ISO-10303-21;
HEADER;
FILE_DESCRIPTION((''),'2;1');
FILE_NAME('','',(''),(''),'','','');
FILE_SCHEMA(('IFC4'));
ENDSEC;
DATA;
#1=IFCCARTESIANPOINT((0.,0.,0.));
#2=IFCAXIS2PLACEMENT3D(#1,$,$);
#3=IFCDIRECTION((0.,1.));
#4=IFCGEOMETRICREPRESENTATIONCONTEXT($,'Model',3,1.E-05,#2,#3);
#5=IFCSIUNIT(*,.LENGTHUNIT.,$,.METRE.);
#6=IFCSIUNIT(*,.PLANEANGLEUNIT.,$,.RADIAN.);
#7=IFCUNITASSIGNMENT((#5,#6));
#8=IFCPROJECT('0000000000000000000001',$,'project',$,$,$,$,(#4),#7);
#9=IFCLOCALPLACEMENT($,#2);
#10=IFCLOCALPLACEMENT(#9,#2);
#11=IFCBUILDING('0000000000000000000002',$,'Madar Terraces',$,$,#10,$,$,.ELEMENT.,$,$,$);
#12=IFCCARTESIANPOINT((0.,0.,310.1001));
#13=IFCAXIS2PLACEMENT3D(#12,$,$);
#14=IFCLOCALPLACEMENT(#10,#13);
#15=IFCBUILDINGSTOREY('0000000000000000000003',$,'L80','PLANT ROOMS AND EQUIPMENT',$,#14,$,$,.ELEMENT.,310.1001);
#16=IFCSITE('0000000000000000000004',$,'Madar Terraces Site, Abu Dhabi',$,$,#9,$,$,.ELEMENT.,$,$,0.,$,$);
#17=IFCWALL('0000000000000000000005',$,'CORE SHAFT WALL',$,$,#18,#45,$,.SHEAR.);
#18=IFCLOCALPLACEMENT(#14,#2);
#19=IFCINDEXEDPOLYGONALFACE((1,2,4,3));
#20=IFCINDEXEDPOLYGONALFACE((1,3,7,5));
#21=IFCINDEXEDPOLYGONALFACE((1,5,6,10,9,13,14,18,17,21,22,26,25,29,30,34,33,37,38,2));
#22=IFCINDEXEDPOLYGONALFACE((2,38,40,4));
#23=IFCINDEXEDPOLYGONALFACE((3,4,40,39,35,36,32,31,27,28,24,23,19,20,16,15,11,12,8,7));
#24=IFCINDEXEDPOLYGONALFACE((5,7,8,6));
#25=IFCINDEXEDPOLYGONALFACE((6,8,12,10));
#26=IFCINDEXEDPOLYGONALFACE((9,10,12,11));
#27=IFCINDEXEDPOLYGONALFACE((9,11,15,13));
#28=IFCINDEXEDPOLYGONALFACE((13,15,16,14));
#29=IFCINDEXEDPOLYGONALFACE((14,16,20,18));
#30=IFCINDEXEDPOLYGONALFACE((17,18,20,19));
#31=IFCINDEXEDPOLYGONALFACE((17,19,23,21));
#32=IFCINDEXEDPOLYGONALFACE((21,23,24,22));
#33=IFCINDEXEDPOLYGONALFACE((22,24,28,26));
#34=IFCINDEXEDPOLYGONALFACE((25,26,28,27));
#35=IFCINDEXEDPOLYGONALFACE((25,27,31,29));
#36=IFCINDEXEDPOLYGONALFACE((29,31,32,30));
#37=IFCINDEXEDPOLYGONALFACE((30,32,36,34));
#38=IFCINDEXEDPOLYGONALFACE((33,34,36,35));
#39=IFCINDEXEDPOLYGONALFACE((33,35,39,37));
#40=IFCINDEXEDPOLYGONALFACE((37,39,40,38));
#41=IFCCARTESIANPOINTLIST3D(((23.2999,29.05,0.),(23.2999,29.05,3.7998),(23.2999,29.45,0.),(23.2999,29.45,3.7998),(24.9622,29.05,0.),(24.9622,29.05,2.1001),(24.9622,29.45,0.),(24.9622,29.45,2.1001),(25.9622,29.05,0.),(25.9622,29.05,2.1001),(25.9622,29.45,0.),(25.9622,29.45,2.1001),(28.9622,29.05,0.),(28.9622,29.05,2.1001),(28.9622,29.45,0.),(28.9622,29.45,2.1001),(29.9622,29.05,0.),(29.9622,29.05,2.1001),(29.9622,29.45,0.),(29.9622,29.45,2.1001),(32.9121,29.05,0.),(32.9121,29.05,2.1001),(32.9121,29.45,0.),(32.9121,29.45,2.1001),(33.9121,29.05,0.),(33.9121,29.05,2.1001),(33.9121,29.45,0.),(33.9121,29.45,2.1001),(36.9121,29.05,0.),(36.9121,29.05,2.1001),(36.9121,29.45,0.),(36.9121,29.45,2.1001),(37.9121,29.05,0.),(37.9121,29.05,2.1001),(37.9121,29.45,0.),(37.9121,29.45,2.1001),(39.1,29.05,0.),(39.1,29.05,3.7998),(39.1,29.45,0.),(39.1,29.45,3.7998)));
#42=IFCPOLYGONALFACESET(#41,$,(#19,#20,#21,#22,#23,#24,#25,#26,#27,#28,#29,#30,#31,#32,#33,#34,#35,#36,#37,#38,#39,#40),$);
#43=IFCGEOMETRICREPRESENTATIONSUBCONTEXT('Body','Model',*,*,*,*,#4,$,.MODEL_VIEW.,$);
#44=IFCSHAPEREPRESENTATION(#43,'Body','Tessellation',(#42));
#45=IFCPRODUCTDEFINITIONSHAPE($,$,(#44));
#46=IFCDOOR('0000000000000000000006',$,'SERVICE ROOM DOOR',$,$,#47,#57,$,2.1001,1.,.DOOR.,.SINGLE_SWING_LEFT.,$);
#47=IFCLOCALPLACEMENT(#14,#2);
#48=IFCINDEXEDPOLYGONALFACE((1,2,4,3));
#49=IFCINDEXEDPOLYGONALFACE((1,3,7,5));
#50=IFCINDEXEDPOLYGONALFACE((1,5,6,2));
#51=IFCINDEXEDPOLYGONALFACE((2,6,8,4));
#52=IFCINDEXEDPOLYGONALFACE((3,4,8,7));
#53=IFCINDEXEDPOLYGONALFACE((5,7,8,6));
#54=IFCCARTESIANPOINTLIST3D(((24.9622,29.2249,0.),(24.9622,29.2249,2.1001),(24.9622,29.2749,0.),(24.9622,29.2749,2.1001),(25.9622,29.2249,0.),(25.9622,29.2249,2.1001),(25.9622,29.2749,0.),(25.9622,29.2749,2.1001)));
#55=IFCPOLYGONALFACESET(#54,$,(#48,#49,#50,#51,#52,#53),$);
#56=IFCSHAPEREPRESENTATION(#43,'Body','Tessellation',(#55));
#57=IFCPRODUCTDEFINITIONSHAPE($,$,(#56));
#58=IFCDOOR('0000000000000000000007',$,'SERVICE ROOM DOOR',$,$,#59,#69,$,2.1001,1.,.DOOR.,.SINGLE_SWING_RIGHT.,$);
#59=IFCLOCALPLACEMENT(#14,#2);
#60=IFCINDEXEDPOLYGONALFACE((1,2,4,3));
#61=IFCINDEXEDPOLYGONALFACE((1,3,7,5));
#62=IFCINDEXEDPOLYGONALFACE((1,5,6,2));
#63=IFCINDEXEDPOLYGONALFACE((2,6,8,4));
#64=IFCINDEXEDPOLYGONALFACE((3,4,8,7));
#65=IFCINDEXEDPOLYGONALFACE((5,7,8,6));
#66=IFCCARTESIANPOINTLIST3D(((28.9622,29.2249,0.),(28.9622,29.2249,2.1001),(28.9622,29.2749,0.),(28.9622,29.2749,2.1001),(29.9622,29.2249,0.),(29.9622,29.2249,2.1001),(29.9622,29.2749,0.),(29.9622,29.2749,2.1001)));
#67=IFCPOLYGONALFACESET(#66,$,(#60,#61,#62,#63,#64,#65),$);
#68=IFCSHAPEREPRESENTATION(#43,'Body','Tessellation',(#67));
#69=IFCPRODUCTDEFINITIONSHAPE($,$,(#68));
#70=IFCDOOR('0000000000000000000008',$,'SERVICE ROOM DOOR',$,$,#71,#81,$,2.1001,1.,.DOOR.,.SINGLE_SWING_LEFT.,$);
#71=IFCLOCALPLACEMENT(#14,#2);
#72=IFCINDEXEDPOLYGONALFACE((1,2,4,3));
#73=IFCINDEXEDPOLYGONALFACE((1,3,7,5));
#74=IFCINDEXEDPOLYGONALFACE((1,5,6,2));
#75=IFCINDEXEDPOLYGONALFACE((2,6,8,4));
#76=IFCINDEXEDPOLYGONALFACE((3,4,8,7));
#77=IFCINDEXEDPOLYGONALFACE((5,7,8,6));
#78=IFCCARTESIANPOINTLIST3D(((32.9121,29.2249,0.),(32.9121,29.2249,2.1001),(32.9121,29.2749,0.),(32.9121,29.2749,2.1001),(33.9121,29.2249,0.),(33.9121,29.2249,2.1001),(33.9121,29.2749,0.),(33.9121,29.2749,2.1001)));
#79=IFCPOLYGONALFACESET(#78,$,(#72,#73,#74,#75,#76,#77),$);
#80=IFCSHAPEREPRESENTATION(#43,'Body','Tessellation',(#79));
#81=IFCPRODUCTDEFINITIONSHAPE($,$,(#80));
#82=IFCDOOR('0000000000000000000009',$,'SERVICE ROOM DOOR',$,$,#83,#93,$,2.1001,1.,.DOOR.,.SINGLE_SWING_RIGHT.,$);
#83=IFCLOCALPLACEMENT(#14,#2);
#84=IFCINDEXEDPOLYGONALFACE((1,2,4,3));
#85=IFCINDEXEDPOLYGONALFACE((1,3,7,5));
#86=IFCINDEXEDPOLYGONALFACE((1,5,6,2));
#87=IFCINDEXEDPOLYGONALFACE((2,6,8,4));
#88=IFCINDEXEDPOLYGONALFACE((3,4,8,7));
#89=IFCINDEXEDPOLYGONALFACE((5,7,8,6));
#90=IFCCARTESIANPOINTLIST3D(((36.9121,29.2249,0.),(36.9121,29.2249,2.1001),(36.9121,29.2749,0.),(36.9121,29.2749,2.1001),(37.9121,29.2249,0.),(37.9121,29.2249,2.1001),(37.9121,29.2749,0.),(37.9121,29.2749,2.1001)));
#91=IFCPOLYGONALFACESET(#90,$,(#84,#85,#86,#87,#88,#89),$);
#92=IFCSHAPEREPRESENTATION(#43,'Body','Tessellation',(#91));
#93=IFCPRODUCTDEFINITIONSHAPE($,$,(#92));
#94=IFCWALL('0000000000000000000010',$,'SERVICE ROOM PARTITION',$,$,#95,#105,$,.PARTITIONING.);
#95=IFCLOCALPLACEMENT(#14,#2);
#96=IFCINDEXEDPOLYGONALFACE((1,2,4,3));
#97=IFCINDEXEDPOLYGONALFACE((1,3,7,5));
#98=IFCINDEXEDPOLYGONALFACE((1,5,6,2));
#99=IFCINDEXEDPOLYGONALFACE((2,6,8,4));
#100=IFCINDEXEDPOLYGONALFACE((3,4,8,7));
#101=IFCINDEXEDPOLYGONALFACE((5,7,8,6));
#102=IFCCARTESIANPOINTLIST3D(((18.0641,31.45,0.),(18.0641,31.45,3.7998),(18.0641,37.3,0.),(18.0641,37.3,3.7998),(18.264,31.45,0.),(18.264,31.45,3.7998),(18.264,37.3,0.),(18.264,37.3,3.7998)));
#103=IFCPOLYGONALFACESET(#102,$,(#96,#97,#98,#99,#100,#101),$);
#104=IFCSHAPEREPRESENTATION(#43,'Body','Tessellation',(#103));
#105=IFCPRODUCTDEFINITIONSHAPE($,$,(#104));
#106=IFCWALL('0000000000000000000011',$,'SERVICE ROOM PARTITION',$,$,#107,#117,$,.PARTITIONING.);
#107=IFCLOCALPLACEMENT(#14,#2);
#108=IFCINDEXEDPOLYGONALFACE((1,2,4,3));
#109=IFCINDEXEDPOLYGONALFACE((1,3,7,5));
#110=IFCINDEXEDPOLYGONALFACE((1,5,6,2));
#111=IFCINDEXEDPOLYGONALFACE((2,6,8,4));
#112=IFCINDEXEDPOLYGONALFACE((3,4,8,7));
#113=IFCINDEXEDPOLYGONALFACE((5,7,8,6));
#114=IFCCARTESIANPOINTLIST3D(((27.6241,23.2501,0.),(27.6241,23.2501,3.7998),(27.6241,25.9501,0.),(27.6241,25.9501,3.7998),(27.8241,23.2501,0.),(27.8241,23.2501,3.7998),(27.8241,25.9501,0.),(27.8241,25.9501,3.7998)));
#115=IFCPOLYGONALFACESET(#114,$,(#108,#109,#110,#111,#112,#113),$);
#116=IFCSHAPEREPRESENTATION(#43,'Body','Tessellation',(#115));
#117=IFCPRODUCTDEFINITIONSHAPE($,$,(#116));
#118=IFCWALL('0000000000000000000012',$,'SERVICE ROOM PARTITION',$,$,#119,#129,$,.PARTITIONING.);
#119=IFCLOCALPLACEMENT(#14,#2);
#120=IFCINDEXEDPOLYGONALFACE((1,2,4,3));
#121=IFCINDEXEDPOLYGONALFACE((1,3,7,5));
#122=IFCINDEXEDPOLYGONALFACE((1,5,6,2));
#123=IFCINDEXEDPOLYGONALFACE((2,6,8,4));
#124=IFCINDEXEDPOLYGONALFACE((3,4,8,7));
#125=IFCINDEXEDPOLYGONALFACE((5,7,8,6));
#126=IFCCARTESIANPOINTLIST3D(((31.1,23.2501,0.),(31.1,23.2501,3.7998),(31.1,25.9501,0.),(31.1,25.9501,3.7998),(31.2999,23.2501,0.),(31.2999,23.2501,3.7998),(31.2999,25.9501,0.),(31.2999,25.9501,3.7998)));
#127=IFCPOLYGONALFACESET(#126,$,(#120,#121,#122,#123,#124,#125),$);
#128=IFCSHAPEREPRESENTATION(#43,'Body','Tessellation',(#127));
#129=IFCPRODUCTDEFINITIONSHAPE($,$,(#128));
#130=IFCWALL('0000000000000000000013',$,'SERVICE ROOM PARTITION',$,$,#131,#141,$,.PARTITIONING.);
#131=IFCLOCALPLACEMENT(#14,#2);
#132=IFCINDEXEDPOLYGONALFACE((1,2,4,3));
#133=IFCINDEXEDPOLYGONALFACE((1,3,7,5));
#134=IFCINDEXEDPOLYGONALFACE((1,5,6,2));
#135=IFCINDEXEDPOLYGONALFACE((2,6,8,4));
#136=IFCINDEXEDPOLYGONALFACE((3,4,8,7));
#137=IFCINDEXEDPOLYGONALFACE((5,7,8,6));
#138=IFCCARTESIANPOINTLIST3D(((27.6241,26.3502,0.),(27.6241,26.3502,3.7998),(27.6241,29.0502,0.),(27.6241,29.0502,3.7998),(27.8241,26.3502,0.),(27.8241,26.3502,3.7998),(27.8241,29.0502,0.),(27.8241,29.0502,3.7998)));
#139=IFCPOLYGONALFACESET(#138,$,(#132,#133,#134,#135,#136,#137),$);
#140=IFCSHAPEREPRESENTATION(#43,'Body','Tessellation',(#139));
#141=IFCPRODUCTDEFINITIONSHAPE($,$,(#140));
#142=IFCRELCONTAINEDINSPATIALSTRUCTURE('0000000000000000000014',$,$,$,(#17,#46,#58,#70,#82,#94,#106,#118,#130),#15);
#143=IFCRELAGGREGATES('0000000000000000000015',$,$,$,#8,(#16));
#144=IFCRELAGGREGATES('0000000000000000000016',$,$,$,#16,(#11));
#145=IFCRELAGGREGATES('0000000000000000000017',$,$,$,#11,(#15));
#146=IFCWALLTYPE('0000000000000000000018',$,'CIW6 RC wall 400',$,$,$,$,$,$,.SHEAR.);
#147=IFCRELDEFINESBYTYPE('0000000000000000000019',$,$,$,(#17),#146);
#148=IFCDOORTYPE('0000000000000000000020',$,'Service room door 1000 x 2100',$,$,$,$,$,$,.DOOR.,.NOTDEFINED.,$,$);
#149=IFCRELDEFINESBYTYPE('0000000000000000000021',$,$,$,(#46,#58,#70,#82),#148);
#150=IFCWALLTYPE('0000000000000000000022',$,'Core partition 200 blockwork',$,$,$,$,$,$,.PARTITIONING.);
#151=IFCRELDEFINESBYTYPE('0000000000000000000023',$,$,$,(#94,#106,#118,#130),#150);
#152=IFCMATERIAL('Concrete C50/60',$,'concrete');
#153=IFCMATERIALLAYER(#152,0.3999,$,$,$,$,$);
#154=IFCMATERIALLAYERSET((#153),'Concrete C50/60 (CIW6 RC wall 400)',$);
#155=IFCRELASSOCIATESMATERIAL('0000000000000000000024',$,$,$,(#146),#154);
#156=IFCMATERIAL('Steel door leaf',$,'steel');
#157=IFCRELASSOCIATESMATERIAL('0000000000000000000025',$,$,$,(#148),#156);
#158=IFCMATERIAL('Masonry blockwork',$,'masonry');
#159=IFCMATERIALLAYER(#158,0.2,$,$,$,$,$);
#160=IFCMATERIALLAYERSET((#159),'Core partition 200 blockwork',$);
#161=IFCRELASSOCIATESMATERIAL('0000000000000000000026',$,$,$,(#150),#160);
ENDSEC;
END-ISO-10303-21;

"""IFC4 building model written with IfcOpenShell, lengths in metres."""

from ifc_helpers import new_model, si_unit, direction, frame, frame_2d, origin, place, context, subcontext, project, spatial, rectangle, extrude, material, layer, layer_set, type_object, element, fill, save


model = new_model("IFC4")

# Units and contexts
model_context = context("Model", 3, precision=1e-05, world=origin(), true_north=direction((0.0, 1.0)))
body_context = subcontext(model_context, "Body", "Model", "MODEL_VIEW")
ifc_project = project(units=[si_unit("LENGTHUNIT", "METRE"), si_unit("PLANEANGLEUNIT", "RADIAN")], contexts=[model_context])

# Site, building, storey
site_placement = place(None, origin())
site = spatial("IfcSite", under=ifc_project, at=site_placement, Name="Madar Terraces Site, Abu Dhabi", CompositionType="ELEMENT", RefElevation=0.0)
building_placement = place(site_placement, origin())
building = spatial("IfcBuilding", under=site, at=building_placement, Name="Madar Terraces", CompositionType="ELEMENT")
storey_placement = place(building_placement, frame((0.0, 0.0, 310.1001)))
storey = spatial("IfcBuildingStorey", under=building, at=storey_placement, Name="L80", Description="PLANT ROOMS AND EQUIPMENT", CompositionType="ELEMENT", Elevation=310.1001)

# Shared definitions
ifc_material_1 = material(Name="Concrete C50/60", Category="concrete")
ifc_layer_1 = layer(ifc_material_1, 0.3999)
ifc_layer_set_1 = layer_set([ifc_layer_1], Name="Concrete C50/60 (CIW6 RC wall 400)")
wall_type_1 = type_object("IfcWallType", Name="CIW6 RC wall 400", PredefinedType="SHEAR", material=ifc_layer_set_1)

# Shared definitions
ifc_material_2 = material(Name="Steel door leaf", Category="steel")
door_type = type_object("IfcDoorType", Name="Service room door 1000 x 2100", OperationType="NOTDEFINED", PredefinedType="DOOR", material=ifc_material_2)

# Wall, openings, doors
wall_1_placement = place(storey_placement, frame((23.3, 29.25, 0.0), z_axis=(0.0, 0.0, 1.0), x_axis=(1.0, 0.0, 0.0)))
wall_1 = element("IfcWall", 1, at=wall_1_placement, inside=storey, type_object=wall_type_1, Name="CORE SHAFT WALL", PredefinedType="SHEAR", context=body_context, shape_type="SweptSolid", body=[
    extrude(rectangle(XDim=15.8, YDim=0.3999, at=frame_2d((7.8999, 0.0))), origin(), (0.0, 0.0, 1.0), 3.7998),
])
opening_1_placement = place(wall_1_placement, frame((1.6621, 0.0, 0.0)))
opening_1 = element("IfcOpeningElement", 2, at=opening_1_placement, cuts=wall_1, PredefinedType="OPENING", context=body_context, shape_type="SweptSolid", body=[
    extrude(rectangle(XDim=1.0, YDim=2.1001, at=frame_2d((0.5, 1.05))), frame((0.0, 0.21, 0.0), z_axis=(0.0, -1.0, 0.0), x_axis=(1.0, 0.0, 0.0)), (0.0, 0.0, 1.0), 0.4199),
])
opening_2_placement = place(wall_1_placement, frame((5.6621, 0.0, 0.0)))
opening_2 = element("IfcOpeningElement", 3, at=opening_2_placement, cuts=wall_1, PredefinedType="OPENING", context=body_context, shape_type="SweptSolid", body=[
    extrude(rectangle(XDim=1.0, YDim=2.1001, at=frame_2d((0.5, 1.05))), frame((0.0, 0.21, 0.0), z_axis=(0.0, -1.0, 0.0), x_axis=(1.0, 0.0, 0.0)), (0.0, 0.0, 1.0), 0.4199),
])
opening_3_placement = place(wall_1_placement, frame((9.6121, 0.0, 0.0)))
opening_3 = element("IfcOpeningElement", 4, at=opening_3_placement, cuts=wall_1, PredefinedType="OPENING", context=body_context, shape_type="SweptSolid", body=[
    extrude(rectangle(XDim=1.0, YDim=2.1001, at=frame_2d((0.5, 1.05))), frame((0.0, 0.21, 0.0), z_axis=(0.0, -1.0, 0.0), x_axis=(1.0, 0.0, 0.0)), (0.0, 0.0, 1.0), 0.4199),
])
opening_4_placement = place(wall_1_placement, frame((13.6121, 0.0, 0.0)))
opening_4 = element("IfcOpeningElement", 5, at=opening_4_placement, cuts=wall_1, PredefinedType="OPENING", context=body_context, shape_type="SweptSolid", body=[
    extrude(rectangle(XDim=1.0, YDim=2.1001, at=frame_2d((0.5, 1.05))), frame((0.0, 0.21, 0.0), z_axis=(0.0, -1.0, 0.0), x_axis=(1.0, 0.0, 0.0)), (0.0, 0.0, 1.0), 0.4199),
])
door_1_placement = place(opening_1_placement, origin())
door_1 = element("IfcDoor", 6, at=door_1_placement, inside=storey, type_object=door_type, Name="SERVICE ROOM DOOR", OperationType="SINGLE_SWING_LEFT", OverallHeight=2.1001, OverallWidth=1.0, PredefinedType="DOOR", context=body_context, shape_type="SweptSolid", body=[
    extrude(rectangle(XDim=1.0, YDim=2.1001, at=frame_2d((0.5, 1.05))), frame((0.0, 0.0249, 0.0), z_axis=(0.0, -1.0, 0.0), x_axis=(1.0, 0.0, 0.0)), (0.0, 0.0, 1.0), 0.05),
])
fill(opening_1, door_1)
door_2_placement = place(opening_2_placement, origin())
door_2 = element("IfcDoor", 7, at=door_2_placement, inside=storey, type_object=door_type, Name="SERVICE ROOM DOOR", OperationType="SINGLE_SWING_RIGHT", OverallHeight=2.1001, OverallWidth=1.0, PredefinedType="DOOR", context=body_context, shape_type="SweptSolid", body=[
    extrude(rectangle(XDim=1.0, YDim=2.1001, at=frame_2d((0.5, 1.05))), frame((0.0, 0.0249, 0.0), z_axis=(0.0, -1.0, 0.0), x_axis=(1.0, 0.0, 0.0)), (0.0, 0.0, 1.0), 0.05),
])
fill(opening_2, door_2)
door_3_placement = place(opening_3_placement, origin())
door_3 = element("IfcDoor", 8, at=door_3_placement, inside=storey, type_object=door_type, Name="SERVICE ROOM DOOR", OperationType="SINGLE_SWING_LEFT", OverallHeight=2.1001, OverallWidth=1.0, PredefinedType="DOOR", context=body_context, shape_type="SweptSolid", body=[
    extrude(rectangle(XDim=1.0, YDim=2.1001, at=frame_2d((0.5, 1.05))), frame((0.0, 0.0249, 0.0), z_axis=(0.0, -1.0, 0.0), x_axis=(1.0, 0.0, 0.0)), (0.0, 0.0, 1.0), 0.05),
])
fill(opening_3, door_3)
door_4_placement = place(opening_4_placement, origin())
door_4 = element("IfcDoor", 9, at=door_4_placement, inside=storey, type_object=door_type, Name="SERVICE ROOM DOOR", OperationType="SINGLE_SWING_RIGHT", OverallHeight=2.1001, OverallWidth=1.0, PredefinedType="DOOR", context=body_context, shape_type="SweptSolid", body=[
    extrude(rectangle(XDim=1.0, YDim=2.1001, at=frame_2d((0.5, 1.05))), frame((0.0, 0.0249, 0.0), z_axis=(0.0, -1.0, 0.0), x_axis=(1.0, 0.0, 0.0)), (0.0, 0.0, 1.0), 0.05),
])
fill(opening_4, door_4)

# Walls
ifc_material_3 = material(Name="Masonry blockwork", Category="masonry")
ifc_layer_2 = layer(ifc_material_3, 0.2)
ifc_layer_set_2 = layer_set([ifc_layer_2], Name="Core partition 200 blockwork")
wall_type_2 = type_object("IfcWallType", Name="Core partition 200 blockwork", PredefinedType="PARTITIONING", material=ifc_layer_set_2)
wall_2_placement = place(storey_placement, frame((18.1641, 31.45, 0.0), z_axis=(0.0, 0.0, 1.0), x_axis=(0.0, 1.0, 0.0)))
element("IfcWall", 10, at=wall_2_placement, inside=storey, type_object=wall_type_2, Name="SERVICE ROOM PARTITION", PredefinedType="PARTITIONING", context=body_context, shape_type="SweptSolid", body=[
    extrude(rectangle(XDim=5.8501, YDim=0.2, at=frame_2d((2.925, 0.0))), origin(), (0.0, 0.0, 1.0), 3.7998),
])
for number, where, z_axis, x_axis, name in (
    (11, (27.7241, 23.25, 0.0), (0.0, 0.0, 1.0), (0.0, 1.0, 0.0), "SERVICE ROOM PARTITION"),
    (12, (31.2, 23.25, 0.0), (0.0, 0.0, 1.0), (0.0, 1.0, 0.0), "SERVICE ROOM PARTITION"),
    (13, (27.7241, 26.3501, 0.0), (0.0, 0.0, 1.0), (0.0, 1.0, 0.0), "SERVICE ROOM PARTITION"),
):
    element("IfcWall", number, at=place(storey_placement, frame(where, z_axis=z_axis, x_axis=x_axis)), inside=storey, type_object=wall_type_2, Name=name, PredefinedType="PARTITIONING", context=body_context, shape_type="SweptSolid", body=[
        extrude(rectangle(XDim=2.7, YDim=0.2, at=frame_2d((1.3501, 0.0))), origin(), (0.0, 0.0, 1.0), 3.7998),
    ])

save(model, "model.ifc")
